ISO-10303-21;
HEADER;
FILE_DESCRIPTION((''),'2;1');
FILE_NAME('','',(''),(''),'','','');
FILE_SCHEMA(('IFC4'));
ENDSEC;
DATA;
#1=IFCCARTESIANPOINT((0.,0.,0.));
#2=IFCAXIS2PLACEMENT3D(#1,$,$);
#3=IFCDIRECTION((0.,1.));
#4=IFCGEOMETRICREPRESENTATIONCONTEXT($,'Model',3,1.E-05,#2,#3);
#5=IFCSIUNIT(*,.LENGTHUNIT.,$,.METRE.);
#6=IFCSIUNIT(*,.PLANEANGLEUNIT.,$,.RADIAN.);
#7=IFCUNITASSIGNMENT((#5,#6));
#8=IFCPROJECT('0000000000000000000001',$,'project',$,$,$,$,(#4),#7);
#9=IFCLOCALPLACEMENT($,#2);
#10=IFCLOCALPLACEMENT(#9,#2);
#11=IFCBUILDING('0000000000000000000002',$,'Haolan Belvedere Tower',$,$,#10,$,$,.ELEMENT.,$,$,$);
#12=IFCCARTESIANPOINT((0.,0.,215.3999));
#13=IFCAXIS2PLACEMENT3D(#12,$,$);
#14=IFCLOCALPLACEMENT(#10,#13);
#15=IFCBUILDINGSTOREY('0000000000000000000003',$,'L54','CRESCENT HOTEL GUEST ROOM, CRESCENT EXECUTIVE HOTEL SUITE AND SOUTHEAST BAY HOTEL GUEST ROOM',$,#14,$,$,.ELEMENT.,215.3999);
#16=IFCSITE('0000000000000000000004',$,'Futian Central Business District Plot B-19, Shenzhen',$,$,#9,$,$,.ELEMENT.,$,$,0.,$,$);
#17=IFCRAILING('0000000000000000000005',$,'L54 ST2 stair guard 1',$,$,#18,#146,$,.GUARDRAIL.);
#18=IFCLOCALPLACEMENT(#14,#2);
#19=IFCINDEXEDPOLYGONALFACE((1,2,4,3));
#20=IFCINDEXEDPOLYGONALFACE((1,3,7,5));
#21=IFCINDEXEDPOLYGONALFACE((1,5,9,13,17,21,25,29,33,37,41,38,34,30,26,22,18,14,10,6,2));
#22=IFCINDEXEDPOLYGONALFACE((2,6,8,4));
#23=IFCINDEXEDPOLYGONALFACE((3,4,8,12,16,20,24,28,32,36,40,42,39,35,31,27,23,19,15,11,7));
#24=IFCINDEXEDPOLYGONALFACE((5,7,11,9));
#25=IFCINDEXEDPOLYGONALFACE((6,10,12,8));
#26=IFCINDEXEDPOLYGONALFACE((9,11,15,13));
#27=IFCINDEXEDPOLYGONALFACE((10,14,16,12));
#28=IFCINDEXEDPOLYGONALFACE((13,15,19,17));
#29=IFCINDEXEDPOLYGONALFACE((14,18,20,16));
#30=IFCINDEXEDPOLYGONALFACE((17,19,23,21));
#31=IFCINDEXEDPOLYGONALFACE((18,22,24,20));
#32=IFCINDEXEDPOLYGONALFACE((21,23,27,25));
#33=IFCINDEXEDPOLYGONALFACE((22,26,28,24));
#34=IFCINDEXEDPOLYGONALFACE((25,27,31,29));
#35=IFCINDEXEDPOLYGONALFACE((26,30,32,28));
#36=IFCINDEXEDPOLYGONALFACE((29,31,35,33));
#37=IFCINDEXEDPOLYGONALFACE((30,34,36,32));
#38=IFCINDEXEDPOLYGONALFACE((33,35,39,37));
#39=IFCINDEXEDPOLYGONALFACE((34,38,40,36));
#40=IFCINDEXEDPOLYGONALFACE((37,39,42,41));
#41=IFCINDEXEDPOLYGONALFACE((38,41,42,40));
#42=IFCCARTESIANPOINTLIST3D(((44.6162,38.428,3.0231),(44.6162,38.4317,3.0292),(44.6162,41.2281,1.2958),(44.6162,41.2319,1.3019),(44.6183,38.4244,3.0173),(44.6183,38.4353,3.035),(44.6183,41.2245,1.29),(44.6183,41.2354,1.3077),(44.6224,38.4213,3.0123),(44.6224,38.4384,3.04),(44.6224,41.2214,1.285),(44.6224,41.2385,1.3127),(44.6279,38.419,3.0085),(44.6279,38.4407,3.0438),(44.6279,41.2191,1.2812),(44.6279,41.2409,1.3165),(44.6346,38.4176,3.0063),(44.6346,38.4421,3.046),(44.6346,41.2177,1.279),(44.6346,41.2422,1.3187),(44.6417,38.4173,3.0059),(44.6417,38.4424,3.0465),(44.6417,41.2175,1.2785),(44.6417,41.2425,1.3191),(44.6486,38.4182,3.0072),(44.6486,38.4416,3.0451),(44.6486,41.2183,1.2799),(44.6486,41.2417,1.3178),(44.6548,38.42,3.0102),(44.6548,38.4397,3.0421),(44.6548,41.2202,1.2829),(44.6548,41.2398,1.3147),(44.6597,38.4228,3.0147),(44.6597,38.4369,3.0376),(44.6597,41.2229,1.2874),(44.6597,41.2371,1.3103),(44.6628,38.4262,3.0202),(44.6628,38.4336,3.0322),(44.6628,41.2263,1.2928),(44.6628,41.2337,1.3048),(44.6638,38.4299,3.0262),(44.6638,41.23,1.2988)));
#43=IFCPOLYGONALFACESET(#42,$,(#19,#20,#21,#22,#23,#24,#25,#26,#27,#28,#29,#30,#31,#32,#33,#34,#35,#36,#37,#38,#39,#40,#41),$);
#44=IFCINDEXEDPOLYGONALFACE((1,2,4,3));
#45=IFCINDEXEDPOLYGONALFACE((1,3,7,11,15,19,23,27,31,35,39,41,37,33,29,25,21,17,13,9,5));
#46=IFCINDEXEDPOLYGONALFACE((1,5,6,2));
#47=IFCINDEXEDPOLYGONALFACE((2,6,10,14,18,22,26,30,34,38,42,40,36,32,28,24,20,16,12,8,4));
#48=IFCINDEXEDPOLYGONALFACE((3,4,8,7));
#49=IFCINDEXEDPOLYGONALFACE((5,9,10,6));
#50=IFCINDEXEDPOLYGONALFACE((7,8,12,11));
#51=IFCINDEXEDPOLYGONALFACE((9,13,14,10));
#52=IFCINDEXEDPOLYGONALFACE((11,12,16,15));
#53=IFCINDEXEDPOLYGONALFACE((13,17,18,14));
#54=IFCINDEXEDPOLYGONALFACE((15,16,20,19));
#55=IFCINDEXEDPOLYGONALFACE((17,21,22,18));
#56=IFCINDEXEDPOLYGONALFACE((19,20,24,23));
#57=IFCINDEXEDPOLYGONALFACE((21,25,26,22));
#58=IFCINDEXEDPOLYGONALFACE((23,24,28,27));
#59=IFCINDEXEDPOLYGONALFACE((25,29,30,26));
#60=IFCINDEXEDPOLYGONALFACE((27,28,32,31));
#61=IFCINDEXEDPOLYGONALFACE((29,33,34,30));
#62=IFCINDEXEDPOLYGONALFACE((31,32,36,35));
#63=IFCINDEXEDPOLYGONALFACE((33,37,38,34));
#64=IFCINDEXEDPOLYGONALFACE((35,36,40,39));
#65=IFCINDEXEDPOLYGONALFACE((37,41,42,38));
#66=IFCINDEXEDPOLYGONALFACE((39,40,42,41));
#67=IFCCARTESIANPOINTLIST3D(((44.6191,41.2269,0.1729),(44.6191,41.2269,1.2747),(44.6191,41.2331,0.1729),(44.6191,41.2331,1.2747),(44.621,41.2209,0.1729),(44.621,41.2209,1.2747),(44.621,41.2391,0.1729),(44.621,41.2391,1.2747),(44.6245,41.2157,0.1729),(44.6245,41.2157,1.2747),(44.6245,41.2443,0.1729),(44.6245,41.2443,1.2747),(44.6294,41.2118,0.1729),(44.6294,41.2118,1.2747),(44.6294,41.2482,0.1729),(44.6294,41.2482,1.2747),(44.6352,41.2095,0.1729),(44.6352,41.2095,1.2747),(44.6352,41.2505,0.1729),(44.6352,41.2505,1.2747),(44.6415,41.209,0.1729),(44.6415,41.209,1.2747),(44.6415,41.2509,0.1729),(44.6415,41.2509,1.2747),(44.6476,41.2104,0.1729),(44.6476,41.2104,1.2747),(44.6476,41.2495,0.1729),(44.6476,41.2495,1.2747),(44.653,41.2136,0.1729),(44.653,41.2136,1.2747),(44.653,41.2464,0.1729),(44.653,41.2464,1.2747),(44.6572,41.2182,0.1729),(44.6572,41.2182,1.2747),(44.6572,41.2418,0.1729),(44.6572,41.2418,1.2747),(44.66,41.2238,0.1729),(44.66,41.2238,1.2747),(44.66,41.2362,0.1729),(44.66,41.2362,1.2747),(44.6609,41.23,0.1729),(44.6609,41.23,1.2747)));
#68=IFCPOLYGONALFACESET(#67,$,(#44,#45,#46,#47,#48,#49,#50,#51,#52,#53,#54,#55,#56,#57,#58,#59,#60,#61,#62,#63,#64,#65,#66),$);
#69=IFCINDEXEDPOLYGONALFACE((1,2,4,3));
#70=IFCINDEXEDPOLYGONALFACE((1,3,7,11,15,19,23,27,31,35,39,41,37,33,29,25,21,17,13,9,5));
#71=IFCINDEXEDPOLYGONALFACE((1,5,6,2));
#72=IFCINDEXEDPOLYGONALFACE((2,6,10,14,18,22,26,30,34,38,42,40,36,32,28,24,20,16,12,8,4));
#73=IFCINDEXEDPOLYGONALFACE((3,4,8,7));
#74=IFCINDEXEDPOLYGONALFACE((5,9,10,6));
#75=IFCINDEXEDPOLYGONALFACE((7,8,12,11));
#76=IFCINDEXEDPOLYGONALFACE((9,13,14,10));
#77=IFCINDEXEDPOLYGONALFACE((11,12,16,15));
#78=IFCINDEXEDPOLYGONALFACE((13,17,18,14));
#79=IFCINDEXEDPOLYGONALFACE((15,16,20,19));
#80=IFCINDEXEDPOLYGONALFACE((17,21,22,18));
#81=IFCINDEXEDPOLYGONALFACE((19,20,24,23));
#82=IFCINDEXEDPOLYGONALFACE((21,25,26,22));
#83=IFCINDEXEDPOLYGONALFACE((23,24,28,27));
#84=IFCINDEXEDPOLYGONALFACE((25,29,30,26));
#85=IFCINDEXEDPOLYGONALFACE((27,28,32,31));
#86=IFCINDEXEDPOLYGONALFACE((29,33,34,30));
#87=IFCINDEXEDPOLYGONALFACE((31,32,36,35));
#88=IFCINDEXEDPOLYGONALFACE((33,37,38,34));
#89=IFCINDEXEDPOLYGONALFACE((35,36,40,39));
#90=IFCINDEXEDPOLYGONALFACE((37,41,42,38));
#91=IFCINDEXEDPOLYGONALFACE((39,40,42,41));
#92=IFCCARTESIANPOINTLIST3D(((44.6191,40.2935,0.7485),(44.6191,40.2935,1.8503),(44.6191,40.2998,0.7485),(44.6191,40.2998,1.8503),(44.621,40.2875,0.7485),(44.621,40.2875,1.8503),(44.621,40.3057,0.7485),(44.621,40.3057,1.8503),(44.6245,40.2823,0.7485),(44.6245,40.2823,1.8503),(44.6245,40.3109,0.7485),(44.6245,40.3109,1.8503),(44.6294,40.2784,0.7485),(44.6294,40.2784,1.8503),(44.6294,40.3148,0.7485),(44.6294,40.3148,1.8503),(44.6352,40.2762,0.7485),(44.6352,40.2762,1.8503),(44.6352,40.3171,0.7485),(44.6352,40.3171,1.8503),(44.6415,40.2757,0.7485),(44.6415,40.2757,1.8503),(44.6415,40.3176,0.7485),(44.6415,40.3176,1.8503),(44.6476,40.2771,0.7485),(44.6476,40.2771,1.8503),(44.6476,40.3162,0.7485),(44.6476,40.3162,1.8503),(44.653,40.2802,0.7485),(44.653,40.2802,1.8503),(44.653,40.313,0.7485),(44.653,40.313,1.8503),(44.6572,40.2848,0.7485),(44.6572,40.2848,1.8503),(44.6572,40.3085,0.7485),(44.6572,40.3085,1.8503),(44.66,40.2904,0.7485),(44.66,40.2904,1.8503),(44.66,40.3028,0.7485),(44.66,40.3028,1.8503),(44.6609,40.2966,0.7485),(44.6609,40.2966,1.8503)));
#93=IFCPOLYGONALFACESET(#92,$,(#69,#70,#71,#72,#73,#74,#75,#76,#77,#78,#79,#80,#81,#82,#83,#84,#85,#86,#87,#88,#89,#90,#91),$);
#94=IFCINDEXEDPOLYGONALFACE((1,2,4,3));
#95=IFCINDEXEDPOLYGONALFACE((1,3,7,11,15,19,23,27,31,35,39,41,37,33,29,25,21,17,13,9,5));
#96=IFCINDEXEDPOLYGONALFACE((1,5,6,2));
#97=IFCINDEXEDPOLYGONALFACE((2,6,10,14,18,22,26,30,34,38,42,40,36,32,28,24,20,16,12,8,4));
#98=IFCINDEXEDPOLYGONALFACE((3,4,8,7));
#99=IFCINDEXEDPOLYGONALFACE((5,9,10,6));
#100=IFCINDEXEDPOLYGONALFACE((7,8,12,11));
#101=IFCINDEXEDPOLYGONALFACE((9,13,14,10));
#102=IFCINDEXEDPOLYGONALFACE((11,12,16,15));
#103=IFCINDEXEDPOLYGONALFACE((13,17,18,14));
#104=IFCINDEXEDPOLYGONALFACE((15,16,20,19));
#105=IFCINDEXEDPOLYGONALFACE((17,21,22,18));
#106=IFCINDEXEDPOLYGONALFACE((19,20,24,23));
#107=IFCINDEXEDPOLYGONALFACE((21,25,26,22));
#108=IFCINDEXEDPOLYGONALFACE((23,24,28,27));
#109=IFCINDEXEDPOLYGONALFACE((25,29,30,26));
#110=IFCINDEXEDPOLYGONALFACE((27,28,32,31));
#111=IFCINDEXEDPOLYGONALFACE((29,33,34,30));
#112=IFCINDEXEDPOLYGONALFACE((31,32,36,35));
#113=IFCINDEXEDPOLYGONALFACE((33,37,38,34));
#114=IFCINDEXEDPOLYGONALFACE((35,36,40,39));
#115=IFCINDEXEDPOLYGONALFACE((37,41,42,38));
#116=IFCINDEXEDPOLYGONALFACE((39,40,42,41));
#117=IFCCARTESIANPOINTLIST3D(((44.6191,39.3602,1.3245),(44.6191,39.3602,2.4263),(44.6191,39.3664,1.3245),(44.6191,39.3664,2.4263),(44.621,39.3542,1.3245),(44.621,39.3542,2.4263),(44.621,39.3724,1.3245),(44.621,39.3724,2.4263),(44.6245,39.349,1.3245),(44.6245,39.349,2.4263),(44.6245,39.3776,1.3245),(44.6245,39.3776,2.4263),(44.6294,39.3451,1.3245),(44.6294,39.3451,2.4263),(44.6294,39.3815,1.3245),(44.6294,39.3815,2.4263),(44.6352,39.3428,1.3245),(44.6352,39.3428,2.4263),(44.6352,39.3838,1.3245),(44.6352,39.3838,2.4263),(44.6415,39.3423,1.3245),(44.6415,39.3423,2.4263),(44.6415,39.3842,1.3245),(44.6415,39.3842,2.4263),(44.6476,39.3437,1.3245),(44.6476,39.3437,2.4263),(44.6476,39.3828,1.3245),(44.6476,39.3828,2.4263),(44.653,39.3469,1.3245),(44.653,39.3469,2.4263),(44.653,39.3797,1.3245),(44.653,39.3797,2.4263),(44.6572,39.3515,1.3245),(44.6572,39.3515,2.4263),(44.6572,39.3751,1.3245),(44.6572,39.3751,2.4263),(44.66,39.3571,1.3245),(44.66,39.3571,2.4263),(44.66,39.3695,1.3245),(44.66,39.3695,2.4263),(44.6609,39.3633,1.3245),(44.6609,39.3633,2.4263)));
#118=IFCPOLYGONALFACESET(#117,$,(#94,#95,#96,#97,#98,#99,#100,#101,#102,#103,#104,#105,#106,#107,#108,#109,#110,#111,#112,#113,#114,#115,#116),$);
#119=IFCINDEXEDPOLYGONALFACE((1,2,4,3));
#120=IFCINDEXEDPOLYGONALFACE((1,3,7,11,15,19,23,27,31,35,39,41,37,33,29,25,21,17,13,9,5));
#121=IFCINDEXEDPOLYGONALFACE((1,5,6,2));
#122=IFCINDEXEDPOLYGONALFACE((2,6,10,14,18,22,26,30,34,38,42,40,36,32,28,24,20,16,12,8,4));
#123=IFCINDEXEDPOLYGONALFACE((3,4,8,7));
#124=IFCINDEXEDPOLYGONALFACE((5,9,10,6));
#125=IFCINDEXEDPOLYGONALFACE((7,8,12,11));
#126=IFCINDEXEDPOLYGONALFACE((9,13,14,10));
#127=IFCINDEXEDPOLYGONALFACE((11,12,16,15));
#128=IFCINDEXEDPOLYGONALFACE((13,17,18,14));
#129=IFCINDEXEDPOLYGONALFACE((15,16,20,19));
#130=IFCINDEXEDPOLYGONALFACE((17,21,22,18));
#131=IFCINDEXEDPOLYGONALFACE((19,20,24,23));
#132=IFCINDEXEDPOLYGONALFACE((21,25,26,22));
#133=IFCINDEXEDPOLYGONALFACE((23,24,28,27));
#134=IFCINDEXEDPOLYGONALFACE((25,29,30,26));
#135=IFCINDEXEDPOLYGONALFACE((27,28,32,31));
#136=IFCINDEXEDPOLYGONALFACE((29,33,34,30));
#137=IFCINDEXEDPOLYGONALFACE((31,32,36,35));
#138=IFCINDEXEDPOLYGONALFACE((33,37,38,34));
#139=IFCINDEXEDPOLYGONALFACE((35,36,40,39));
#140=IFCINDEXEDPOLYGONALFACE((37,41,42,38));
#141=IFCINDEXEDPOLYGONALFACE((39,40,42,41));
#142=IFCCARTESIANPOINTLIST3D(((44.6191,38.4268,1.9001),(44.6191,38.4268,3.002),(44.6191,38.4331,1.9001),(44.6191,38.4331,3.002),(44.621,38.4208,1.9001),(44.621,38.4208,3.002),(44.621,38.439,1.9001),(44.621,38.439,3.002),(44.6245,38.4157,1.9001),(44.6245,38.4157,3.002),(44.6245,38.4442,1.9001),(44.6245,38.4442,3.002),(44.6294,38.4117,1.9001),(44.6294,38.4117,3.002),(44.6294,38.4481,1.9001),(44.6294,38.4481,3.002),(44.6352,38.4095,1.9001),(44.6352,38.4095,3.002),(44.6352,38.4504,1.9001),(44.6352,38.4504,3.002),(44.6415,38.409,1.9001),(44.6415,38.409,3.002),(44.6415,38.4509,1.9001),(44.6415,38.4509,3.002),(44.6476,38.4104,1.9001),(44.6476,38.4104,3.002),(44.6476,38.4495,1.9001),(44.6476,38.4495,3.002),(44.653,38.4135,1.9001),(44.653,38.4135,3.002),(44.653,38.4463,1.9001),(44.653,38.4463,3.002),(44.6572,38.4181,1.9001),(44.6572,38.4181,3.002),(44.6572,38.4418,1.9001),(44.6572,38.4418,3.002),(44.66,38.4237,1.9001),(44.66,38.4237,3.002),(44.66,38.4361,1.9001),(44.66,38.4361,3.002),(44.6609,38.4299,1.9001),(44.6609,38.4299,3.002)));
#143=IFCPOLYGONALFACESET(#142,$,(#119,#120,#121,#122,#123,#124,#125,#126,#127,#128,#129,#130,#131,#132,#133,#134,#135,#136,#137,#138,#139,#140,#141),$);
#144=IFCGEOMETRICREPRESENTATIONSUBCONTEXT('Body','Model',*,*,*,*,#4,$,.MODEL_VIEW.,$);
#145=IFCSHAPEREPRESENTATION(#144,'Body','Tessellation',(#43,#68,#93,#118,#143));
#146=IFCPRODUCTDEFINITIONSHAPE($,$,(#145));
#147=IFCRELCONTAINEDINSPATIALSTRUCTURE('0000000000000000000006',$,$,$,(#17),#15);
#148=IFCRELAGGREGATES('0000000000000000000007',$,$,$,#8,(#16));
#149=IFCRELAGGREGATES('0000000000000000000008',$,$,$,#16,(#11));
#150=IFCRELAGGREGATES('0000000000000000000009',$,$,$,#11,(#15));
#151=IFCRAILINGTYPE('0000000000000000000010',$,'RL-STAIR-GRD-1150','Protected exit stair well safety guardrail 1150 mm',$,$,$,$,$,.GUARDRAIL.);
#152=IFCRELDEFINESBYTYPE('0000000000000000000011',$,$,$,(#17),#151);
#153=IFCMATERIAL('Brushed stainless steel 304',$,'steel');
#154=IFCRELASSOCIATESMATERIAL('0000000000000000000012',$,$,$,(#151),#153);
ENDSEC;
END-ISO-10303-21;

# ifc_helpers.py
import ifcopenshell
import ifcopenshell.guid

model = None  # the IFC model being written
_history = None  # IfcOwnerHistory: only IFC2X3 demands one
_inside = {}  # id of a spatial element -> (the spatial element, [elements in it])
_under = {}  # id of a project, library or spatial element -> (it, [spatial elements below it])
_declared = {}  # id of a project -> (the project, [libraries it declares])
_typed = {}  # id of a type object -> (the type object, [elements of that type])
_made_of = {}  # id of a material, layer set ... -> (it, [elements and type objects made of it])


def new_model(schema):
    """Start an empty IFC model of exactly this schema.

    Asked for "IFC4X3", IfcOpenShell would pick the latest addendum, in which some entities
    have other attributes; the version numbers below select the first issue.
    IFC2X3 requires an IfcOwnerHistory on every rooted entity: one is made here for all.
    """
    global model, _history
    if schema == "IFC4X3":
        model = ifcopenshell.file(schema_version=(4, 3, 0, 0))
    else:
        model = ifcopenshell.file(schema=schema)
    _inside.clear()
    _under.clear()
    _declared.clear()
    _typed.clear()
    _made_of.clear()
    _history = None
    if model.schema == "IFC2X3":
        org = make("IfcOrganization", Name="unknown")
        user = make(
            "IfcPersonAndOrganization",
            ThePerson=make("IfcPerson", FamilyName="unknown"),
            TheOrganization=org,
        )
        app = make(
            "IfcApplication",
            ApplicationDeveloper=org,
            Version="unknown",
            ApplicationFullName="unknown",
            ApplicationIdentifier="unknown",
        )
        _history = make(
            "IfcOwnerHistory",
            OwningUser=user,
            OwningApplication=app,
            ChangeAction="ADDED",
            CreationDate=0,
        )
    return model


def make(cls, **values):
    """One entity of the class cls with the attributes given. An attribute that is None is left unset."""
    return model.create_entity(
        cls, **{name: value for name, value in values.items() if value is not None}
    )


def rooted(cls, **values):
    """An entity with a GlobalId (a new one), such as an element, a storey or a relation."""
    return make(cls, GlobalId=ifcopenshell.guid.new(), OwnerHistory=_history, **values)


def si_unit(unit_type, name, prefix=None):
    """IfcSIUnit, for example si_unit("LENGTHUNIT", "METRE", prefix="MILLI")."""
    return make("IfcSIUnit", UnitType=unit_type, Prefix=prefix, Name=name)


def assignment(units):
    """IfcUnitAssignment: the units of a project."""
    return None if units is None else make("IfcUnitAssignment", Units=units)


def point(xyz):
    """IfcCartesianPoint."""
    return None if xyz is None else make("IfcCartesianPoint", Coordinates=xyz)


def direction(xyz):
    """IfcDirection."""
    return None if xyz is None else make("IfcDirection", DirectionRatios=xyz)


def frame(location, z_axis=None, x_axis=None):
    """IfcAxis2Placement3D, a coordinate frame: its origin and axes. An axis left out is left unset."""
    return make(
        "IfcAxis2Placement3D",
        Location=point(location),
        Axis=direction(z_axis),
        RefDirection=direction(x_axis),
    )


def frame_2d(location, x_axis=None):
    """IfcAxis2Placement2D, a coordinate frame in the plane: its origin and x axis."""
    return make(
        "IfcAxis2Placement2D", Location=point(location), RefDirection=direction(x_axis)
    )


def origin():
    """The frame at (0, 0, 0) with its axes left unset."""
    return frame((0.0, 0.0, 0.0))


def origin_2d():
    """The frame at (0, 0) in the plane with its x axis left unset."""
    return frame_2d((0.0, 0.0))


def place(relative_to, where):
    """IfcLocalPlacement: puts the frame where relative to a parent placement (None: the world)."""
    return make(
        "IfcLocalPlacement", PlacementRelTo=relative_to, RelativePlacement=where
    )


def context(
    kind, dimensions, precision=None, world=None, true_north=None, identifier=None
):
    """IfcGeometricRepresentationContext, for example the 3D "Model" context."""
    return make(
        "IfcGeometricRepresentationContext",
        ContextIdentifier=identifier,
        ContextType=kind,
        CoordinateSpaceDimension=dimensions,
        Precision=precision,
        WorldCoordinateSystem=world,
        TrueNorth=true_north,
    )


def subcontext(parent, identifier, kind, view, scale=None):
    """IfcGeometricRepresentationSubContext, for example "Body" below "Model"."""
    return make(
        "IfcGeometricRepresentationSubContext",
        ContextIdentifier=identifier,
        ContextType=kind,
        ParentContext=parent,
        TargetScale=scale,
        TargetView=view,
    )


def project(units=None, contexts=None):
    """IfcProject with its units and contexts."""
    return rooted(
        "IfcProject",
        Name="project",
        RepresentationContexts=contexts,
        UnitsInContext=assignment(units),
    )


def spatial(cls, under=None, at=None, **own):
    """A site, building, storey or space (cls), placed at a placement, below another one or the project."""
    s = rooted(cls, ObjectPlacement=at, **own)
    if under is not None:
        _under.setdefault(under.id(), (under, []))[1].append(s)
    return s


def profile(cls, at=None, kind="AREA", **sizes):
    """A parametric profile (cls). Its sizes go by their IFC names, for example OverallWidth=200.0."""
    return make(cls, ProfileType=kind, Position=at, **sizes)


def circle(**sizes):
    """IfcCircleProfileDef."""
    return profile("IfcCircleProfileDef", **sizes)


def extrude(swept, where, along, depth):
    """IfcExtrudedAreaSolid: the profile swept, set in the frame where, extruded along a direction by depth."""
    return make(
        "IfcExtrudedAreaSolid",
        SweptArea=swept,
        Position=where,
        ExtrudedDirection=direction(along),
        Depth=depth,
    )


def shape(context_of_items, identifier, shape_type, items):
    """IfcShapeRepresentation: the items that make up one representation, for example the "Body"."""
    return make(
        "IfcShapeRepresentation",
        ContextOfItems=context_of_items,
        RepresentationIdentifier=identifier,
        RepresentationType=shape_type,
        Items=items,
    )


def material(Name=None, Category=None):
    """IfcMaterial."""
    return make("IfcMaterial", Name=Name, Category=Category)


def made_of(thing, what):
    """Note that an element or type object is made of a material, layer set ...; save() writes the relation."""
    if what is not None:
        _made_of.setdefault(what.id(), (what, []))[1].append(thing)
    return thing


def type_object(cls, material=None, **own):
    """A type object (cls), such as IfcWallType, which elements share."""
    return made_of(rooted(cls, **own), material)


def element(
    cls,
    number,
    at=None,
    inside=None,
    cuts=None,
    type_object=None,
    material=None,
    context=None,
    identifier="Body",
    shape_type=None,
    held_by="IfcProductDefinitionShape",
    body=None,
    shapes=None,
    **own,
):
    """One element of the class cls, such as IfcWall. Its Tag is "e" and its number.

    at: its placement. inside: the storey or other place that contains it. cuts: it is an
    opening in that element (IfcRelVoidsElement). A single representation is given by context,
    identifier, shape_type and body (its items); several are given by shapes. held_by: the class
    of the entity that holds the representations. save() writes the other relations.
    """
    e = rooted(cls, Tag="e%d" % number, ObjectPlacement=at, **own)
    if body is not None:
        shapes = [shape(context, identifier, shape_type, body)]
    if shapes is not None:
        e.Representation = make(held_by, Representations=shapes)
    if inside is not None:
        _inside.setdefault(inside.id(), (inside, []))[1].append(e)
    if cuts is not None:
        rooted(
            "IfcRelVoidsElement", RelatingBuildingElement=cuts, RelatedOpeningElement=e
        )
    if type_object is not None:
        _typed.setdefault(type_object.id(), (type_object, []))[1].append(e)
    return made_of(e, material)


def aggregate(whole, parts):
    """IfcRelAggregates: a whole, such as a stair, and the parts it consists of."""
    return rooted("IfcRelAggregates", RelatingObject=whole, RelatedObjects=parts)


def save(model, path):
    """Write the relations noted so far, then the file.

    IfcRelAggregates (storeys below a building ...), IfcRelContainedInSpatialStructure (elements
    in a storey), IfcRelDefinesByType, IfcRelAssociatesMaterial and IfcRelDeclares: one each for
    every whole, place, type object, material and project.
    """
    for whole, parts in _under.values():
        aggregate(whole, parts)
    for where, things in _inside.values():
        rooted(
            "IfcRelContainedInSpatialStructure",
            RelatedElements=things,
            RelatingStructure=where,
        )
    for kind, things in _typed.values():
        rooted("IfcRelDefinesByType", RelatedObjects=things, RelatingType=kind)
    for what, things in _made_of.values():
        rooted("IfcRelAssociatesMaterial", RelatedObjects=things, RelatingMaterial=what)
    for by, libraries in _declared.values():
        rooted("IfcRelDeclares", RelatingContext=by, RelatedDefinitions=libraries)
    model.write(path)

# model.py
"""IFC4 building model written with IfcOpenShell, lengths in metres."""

from ifc_helpers import new_model, si_unit, direction, frame, origin, origin_2d, place, context, subcontext, project, spatial, circle, extrude, material, type_object, element, save


model = new_model("IFC4")

# Units and contexts
model_context = context("Model", 3, precision=1e-05, world=origin(), true_north=direction((0.0, 1.0)))
body_context = subcontext(model_context, "Body", "Model", "MODEL_VIEW")
ifc_project = project(units=[si_unit("LENGTHUNIT", "METRE"), si_unit("PLANEANGLEUNIT", "RADIAN")], contexts=[model_context])

# Site, building, storey
site_placement = place(None, origin())
site = spatial("IfcSite", under=ifc_project, at=site_placement, Name="Futian Central Business District Plot B-19, Shenzhen", CompositionType="ELEMENT", RefElevation=0.0)
building_placement = place(site_placement, origin())
building = spatial("IfcBuilding", under=site, at=building_placement, Name="Haolan Belvedere Tower", CompositionType="ELEMENT")
storey_placement = place(building_placement, frame((0.0, 0.0, 215.3999)))
storey = spatial("IfcBuildingStorey", under=building, at=storey_placement, Name="L54", Description="CRESCENT HOTEL GUEST ROOM, CRESCENT EXECUTIVE HOTEL SUITE AND SOUTHEAST BAY HOTEL GUEST ROOM", CompositionType="ELEMENT", Elevation=215.3999)

# Railing
ifc_material_1 = material(Name="Brushed stainless steel 304", Category="steel")
railing_type_1 = type_object("IfcRailingType", Name="RL-STAIR-GRD-1150", Description="Protected exit stair well safety guardrail 1150 mm", PredefinedType="GUARDRAIL", material=ifc_material_1)
railing_1_placement = place(storey_placement, frame((44.6399, 41.23, 0.1729)))
element("IfcRailing", 1, at=railing_1_placement, inside=storey, type_object=railing_type_1, Name="L54 ST2 stair guard 1", PredefinedType="GUARDRAIL", context=body_context, shape_type="SweptSolid", body=[
    extrude(circle(Radius=0.0239, at=origin_2d()), frame((0.0, 0.0, 1.126), z_axis=(0.0, -0.85109, 0.52502), x_axis=(1.0, 0.0, 0.0)), (0.0, 0.0, 1.0), 3.29),
    extrude(circle(Radius=0.021, at=origin_2d()), origin(), (0.0, 0.0, 1.0), 1.1018),
    extrude(circle(Radius=0.021, at=origin_2d()), frame((0.0, -0.9333, 0.5757)), (0.0, 0.0, 1.0), 1.1018),
    extrude(circle(Radius=0.021, at=origin_2d()), frame((0.0, -1.8667, 1.1516)), (0.0, 0.0, 1.0), 1.1018),
    extrude(circle(Radius=0.021, at=origin_2d()), frame((0.0, -2.8, 1.7273)), (0.0, 0.0, 1.0), 1.1018),
])

save(model, "model.ifc")
